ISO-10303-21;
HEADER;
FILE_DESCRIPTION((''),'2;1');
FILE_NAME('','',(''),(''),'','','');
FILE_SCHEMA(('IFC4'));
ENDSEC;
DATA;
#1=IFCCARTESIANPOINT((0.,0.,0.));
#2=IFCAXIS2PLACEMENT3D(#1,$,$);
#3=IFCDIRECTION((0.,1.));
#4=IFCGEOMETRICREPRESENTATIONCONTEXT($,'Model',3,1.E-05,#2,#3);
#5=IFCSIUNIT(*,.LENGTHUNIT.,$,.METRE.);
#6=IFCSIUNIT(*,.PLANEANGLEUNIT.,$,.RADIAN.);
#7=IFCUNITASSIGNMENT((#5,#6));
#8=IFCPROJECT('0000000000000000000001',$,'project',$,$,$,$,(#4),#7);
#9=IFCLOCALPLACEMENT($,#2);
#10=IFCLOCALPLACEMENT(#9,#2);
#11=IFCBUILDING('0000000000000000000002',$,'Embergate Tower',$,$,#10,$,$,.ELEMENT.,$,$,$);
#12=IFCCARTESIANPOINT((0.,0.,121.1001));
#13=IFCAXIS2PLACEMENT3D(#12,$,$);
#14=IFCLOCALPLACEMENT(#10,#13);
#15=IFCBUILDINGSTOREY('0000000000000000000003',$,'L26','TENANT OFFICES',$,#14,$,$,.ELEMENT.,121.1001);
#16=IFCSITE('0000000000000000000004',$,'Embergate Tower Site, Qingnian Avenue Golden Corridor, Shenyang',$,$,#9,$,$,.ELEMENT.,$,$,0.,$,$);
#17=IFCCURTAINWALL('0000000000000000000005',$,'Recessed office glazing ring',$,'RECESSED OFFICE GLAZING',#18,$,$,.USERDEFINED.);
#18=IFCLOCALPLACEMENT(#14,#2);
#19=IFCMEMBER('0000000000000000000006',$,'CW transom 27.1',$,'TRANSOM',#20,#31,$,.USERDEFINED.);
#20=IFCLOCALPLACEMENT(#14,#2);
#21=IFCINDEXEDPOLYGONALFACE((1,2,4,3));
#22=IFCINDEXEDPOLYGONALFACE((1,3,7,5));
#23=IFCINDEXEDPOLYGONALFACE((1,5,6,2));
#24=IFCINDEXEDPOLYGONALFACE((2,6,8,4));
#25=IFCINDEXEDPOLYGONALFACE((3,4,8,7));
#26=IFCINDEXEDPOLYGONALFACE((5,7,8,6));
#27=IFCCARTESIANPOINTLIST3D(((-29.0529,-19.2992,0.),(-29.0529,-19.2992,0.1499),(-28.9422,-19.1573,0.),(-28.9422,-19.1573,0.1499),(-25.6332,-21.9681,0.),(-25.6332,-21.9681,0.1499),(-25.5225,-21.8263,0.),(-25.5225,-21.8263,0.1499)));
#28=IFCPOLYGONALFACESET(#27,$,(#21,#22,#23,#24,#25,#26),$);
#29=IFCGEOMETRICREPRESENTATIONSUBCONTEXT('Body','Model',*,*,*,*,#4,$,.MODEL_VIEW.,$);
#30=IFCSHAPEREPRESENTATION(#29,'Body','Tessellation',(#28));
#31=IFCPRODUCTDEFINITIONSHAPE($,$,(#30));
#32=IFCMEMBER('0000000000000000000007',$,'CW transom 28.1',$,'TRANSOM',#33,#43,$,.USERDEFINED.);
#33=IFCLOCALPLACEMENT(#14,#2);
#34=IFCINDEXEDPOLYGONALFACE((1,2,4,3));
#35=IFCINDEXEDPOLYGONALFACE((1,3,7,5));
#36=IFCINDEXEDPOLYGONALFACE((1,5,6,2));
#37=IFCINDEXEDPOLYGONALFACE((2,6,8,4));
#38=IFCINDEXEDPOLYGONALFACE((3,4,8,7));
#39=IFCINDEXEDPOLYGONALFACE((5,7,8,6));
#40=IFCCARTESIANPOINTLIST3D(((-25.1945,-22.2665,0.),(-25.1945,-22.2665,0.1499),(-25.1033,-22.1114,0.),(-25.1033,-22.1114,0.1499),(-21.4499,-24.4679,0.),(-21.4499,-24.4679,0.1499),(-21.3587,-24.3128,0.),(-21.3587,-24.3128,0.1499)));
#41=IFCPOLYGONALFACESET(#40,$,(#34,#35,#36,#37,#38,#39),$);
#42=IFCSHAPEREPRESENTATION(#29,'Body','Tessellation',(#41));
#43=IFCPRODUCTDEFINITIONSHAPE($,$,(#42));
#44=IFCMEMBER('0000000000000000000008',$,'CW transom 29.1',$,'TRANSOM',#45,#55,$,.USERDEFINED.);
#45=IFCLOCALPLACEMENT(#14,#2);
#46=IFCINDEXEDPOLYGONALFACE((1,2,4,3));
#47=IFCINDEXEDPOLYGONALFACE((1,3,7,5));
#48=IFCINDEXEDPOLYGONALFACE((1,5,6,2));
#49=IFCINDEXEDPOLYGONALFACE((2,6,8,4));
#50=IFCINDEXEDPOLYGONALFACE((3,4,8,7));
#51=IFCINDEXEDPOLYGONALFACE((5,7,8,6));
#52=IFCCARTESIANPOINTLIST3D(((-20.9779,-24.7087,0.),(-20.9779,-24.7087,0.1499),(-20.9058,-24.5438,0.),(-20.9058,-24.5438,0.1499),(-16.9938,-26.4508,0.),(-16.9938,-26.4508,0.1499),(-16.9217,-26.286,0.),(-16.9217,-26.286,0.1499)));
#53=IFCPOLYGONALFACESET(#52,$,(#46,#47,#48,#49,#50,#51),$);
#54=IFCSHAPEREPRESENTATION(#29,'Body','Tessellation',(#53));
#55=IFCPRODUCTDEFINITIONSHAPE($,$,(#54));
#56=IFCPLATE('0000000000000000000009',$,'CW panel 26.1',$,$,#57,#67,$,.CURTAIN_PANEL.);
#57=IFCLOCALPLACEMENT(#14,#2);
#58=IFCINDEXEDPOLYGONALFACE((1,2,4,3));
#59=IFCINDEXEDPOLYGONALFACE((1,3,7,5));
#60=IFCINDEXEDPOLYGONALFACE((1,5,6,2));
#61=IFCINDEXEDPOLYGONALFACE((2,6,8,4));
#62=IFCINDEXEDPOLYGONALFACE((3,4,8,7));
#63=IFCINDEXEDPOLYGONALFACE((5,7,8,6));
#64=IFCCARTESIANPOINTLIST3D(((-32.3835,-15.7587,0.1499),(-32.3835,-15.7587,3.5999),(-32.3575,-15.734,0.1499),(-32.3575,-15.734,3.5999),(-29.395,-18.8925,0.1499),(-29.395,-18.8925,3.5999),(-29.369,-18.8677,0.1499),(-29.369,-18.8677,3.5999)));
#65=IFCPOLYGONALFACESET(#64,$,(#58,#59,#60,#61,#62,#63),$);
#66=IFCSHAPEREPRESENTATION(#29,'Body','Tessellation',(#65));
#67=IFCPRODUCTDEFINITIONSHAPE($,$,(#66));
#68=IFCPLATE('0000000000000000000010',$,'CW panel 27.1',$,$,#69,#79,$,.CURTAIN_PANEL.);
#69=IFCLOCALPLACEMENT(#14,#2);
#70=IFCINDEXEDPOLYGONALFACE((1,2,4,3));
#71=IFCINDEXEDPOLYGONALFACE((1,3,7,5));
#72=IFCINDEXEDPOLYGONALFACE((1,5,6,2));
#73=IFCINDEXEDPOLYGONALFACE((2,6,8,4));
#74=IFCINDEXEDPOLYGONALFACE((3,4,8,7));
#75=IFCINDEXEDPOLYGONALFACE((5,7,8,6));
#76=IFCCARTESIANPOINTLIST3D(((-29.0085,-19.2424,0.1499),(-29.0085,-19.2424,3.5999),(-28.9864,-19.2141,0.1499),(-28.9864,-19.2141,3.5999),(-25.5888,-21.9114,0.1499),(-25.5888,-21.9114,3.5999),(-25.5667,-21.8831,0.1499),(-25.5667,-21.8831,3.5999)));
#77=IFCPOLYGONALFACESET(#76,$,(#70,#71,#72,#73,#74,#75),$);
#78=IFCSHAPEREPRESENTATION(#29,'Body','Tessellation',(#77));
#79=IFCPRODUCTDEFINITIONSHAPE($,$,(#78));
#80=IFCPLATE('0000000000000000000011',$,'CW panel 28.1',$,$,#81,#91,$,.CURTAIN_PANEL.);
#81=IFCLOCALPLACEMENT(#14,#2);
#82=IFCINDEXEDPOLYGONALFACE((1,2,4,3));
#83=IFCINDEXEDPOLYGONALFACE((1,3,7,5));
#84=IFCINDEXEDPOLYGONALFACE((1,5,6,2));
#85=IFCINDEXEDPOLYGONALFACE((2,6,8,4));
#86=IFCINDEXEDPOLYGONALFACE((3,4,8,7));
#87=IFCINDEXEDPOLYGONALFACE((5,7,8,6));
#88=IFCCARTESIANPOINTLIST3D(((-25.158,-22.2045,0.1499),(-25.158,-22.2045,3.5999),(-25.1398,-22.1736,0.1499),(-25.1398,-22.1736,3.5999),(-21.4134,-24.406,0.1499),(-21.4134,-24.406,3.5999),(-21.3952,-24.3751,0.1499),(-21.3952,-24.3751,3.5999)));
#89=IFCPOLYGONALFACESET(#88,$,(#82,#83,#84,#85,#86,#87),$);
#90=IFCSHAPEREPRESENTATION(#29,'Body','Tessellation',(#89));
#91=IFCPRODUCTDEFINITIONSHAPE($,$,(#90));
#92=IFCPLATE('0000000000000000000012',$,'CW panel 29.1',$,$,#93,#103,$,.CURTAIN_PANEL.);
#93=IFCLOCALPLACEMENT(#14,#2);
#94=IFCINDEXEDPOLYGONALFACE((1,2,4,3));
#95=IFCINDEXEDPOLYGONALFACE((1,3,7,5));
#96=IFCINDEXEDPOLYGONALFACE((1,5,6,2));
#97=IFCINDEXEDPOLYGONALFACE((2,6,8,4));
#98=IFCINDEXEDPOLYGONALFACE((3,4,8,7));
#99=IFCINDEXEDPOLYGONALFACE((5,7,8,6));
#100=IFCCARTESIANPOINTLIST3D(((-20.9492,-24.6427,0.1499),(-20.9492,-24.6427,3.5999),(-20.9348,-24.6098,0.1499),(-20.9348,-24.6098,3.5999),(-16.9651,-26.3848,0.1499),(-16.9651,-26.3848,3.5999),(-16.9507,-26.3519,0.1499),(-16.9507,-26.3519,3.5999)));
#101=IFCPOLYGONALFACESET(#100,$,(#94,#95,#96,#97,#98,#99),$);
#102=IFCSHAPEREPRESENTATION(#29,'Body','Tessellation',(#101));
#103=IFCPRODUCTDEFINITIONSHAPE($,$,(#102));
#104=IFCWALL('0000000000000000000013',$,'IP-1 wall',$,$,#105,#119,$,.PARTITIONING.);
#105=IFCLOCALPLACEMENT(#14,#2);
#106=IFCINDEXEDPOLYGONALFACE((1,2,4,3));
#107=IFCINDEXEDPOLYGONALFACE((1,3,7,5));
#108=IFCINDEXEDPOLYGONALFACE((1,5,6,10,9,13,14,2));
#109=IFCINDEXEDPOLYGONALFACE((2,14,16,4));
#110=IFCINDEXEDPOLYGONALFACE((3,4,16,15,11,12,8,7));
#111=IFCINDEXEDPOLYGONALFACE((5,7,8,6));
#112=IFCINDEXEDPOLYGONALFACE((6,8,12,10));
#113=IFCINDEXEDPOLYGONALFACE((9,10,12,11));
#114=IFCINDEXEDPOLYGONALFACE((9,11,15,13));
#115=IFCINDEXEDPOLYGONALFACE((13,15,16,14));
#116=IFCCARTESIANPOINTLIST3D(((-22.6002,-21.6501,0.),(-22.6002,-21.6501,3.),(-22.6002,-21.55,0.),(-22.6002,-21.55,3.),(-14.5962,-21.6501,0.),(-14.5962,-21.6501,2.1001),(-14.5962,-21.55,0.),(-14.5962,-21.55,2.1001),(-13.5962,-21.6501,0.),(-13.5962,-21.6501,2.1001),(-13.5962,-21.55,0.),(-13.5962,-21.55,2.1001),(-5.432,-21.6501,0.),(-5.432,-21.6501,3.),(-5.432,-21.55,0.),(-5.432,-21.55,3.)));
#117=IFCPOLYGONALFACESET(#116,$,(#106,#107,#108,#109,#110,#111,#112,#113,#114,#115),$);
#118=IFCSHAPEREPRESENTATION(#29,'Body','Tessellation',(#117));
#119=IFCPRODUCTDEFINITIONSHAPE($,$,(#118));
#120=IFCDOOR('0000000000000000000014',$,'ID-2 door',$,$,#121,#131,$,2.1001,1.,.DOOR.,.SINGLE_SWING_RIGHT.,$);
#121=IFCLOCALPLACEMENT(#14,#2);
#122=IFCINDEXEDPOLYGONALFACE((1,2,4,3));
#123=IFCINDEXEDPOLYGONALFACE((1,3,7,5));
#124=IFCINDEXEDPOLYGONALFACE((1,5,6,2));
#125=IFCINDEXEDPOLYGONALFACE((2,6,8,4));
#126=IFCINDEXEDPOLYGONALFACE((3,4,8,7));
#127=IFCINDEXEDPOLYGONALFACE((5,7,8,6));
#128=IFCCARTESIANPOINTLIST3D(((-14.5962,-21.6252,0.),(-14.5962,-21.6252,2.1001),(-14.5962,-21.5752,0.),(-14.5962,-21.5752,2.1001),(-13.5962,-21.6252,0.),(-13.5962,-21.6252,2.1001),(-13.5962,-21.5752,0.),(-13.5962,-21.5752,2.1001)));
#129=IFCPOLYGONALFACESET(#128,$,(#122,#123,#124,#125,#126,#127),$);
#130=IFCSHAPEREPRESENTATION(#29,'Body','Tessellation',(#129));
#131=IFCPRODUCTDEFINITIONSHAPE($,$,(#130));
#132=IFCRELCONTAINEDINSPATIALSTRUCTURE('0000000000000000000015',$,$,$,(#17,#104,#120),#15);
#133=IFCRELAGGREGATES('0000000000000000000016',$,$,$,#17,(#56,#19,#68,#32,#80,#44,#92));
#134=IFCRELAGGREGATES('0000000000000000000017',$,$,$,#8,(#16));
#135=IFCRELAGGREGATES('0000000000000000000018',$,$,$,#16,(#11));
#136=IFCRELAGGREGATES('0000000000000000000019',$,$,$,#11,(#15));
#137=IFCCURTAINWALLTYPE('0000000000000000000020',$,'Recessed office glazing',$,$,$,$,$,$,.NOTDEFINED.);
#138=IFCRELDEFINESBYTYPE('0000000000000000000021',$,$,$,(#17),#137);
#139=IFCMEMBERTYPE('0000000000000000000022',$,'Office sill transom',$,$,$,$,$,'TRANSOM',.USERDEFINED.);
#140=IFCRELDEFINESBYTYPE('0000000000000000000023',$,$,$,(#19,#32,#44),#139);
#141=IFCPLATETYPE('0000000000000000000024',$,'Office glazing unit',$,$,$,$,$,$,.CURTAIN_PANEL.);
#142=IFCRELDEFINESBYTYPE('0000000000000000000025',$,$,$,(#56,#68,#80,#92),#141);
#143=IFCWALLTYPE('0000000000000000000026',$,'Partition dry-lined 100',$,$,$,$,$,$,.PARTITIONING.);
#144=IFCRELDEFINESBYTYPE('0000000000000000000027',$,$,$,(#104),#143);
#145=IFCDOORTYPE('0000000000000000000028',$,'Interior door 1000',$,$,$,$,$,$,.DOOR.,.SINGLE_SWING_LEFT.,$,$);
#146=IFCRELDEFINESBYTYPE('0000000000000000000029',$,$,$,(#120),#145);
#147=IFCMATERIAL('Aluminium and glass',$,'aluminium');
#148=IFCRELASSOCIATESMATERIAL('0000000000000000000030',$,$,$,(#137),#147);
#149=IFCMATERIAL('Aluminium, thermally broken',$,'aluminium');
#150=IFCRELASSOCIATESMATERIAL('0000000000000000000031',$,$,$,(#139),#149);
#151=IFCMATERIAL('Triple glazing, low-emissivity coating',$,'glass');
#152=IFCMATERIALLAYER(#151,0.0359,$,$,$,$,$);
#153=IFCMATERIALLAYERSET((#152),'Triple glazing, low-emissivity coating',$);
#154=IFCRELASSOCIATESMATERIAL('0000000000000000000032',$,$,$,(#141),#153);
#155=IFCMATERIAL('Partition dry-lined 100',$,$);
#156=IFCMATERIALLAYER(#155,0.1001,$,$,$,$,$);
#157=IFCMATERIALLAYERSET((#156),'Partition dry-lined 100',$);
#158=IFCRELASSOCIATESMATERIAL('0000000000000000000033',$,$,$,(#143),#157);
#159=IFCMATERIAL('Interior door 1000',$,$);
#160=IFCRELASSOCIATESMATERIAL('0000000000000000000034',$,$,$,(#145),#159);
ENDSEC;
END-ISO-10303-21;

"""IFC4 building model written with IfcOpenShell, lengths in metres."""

from ifc_helpers import new_model, si_unit, direction, frame, frame_2d, origin, origin_2d, place, context, subcontext, project, spatial, rectangle, extrude, source, transform, mapped, material, layer, layer_set, material_profile, profile_set, type_object, element, fill, aggregate, save


model = new_model("IFC4")

# Units and contexts
model_context = context("Model", 3, precision=1e-05, world=origin(), true_north=direction((0.0, 1.0)))
body_context = subcontext(model_context, "Body", "Model", "MODEL_VIEW")
ifc_project = project(units=[si_unit("LENGTHUNIT", "METRE"), si_unit("PLANEANGLEUNIT", "RADIAN")], contexts=[model_context])

# Site, building, storey
site_placement = place(None, origin())
site = spatial("IfcSite", under=ifc_project, at=site_placement, Name="Embergate Tower Site, Qingnian Avenue Golden Corridor, Shenyang", CompositionType="ELEMENT", RefElevation=0.0)
building_placement = place(site_placement, origin())
building = spatial("IfcBuilding", under=site, at=building_placement, Name="Embergate Tower", CompositionType="ELEMENT")
storey_placement = place(building_placement, frame((0.0, 0.0, 121.1001)))
storey = spatial("IfcBuildingStorey", under=building, at=storey_placement, Name="L26", Description="TENANT OFFICES", CompositionType="ELEMENT", Elevation=121.1001)

# Curtain wall, members, plates
ifc_material_1 = material(Name="Aluminium and glass", Category="aluminium")
curtain_wall_type = type_object("IfcCurtainWallType", Name="Recessed office glazing", PredefinedType="NOTDEFINED", material=ifc_material_1)
curtain_wall_placement = place(storey_placement, origin())
curtain_wall = element("IfcCurtainWall", 1, at=curtain_wall_placement, inside=storey, type_object=curtain_wall_type, Name="Recessed office glazing ring", ObjectType="RECESSED OFFICE GLAZING", PredefinedType="USERDEFINED")
ifc_material_2 = material(Name="Aluminium, thermally broken", Category="aluminium")
ifc_material_profile_1 = material_profile(ifc_material_2, rectangle(XDim=0.1799, YDim=0.1499, at=origin_2d()), Name="AL 150x180")
ifc_profile_set_1 = profile_set([ifc_material_profile_1], Name="Aluminium, thermally broken")
member_type_1 = type_object("IfcMemberType", Name="Office sill transom", ElementType="TRANSOM", PredefinedType="USERDEFINED", material=ifc_profile_set_1)
shared_shape_1 = source(origin(), body_context, "Body", "SweptSolid", [
    extrude(rectangle(XDim=0.1799, YDim=0.1499, at=origin_2d()), origin(), (0.0, 0.0, 1.0), 4.3379),
])
member_1_placement = place(storey_placement, frame((-28.9976, -19.2283, 0.075), z_axis=(0.788324, -0.615261, 0.0), x_axis=(0.615261, 0.788324, 0.0)))
member_1 = element("IfcMember", 2, at=member_1_placement, type_object=member_type_1, Name="CW transom 27.1", ObjectType="TRANSOM", PredefinedType="USERDEFINED", context=body_context, shape_type="MappedRepresentation", body=[
    mapped(shared_shape_1, transform((0.0, 0.0, 0.0))),
])
shared_shape_2 = source(origin(), body_context, "Body", "SweptSolid", [
    extrude(rectangle(XDim=0.1799, YDim=0.1499, at=origin_2d()), origin(), (0.0, 0.0, 1.0), 4.3438),
])
member_2_placement = place(storey_placement, frame((-25.1489, -22.189, 0.075), z_axis=(0.862066, -0.506797, 0.0), x_axis=(0.506797, 0.862066, 0.0)))
member_2 = element("IfcMember", 3, at=member_2_placement, type_object=member_type_1, Name="CW transom 28.1", ObjectType="TRANSOM", PredefinedType="USERDEFINED", context=body_context, shape_type="MappedRepresentation", body=[
    mapped(shared_shape_2, transform((0.0, 0.0, 0.0))),
])
shared_shape_3 = source(origin(), body_context, "Body", "SweptSolid", [
    extrude(rectangle(XDim=0.1799, YDim=0.1499, at=origin_2d()), origin(), (0.0, 0.0, 1.0), 4.3484),
])
member_3_placement = place(storey_placement, frame((-20.9419, -24.6262, 0.075), z_axis=(0.916231, -0.400651, 0.0), x_axis=(0.400651, 0.916231, 0.0)))
member_3 = element("IfcMember", 4, at=member_3_placement, type_object=member_type_1, Name="CW transom 29.1", ObjectType="TRANSOM", PredefinedType="USERDEFINED", context=body_context, shape_type="MappedRepresentation", body=[
    mapped(shared_shape_3, transform((0.0, 0.0, 0.0))),
])
ifc_material_3 = material(Name="Triple glazing, low-emissivity coating", Category="glass")
ifc_layer_1 = layer(ifc_material_3, 0.0359)
ifc_layer_set_1 = layer_set([ifc_layer_1], Name="Triple glazing, low-emissivity coating")
plate_type = type_object("IfcPlateType", Name="Office glazing unit", PredefinedType="CURTAIN_PANEL", material=ifc_layer_set_1)
shared_shape_4 = source(origin(), body_context, "Body", "SweptSolid", [
    extrude(rectangle(XDim=4.3303, YDim=0.0359, at=origin_2d()), origin(), (0.0, 0.0, 1.0), 3.45),
])
plate_1_placement = place(storey_placement, frame((-30.8762, -17.3132, 0.1499), z_axis=(0.0, 0.0, 1.0), x_axis=(0.690135, -0.723681, 0.0)))
plate_1 = element("IfcPlate", 5, at=plate_1_placement, type_object=plate_type, Name="CW panel 26.1", PredefinedType="CURTAIN_PANEL", context=body_context, shape_type="MappedRepresentation", body=[
    mapped(shared_shape_4, transform((0.0, 0.0, 0.0))),
])
shared_shape_5 = source(origin(), body_context, "Body", "SweptSolid", [
    extrude(rectangle(XDim=4.3379, YDim=0.0359, at=origin_2d()), origin(), (0.0, 0.0, 1.0), 3.45),
])
plate_2_placement = place(storey_placement, frame((-27.2876, -20.5627, 0.1499), z_axis=(0.0, 0.0, 1.0), x_axis=(0.78832, -0.615265, 0.0)))
plate_2 = element("IfcPlate", 6, at=plate_2_placement, type_object=plate_type, Name="CW panel 27.1", PredefinedType="CURTAIN_PANEL", context=body_context, shape_type="MappedRepresentation", body=[
    mapped(shared_shape_5, transform((0.0, 0.0, 0.0))),
])
shared_shape_6 = source(origin(), body_context, "Body", "SweptSolid", [
    extrude(rectangle(XDim=4.3438, YDim=0.0359, at=origin_2d()), origin(), (0.0, 0.0, 1.0), 3.45),
])
plate_3_placement = place(storey_placement, frame((-23.2766, -23.2898, 0.1499), z_axis=(0.0, 0.0, 1.0), x_axis=(0.862053, -0.506818, 0.0)))
plate_3 = element("IfcPlate", 7, at=plate_3_placement, type_object=plate_type, Name="CW panel 28.1", PredefinedType="CURTAIN_PANEL", context=body_context, shape_type="MappedRepresentation", body=[
    mapped(shared_shape_6, transform((0.0, 0.0, 0.0))),
])
shared_shape_7 = source(origin(), body_context, "Body", "SweptSolid", [
    extrude(rectangle(XDim=4.3484, YDim=0.0359, at=origin_2d()), origin(), (0.0, 0.0, 1.0), 3.45),
])
plate_4_placement = place(storey_placement, frame((-18.95, -25.4973, 0.1499), z_axis=(0.0, 0.0, 1.0), x_axis=(0.916236, -0.400638, 0.0)))
plate_4 = element("IfcPlate", 8, at=plate_4_placement, type_object=plate_type, Name="CW panel 29.1", PredefinedType="CURTAIN_PANEL", context=body_context, shape_type="MappedRepresentation", body=[
    mapped(shared_shape_7, transform((0.0, 0.0, 0.0))),
])
aggregate(curtain_wall, [plate_1, member_1, plate_2, member_2, plate_3, member_3, plate_4])

# Wall, opening, door
ifc_material_4 = material(Name="Partition dry-lined 100")
ifc_layer_2 = layer(ifc_material_4, 0.1001)
ifc_layer_set_2 = layer_set([ifc_layer_2], Name="Partition dry-lined 100")
wall_type = type_object("IfcWallType", Name="Partition dry-lined 100", PredefinedType="PARTITIONING", material=ifc_layer_set_2)
shared_shape_8 = source(origin(), body_context, "Body", "SweptSolid", [
    extrude(rectangle(XDim=17.1682, YDim=0.1001, at=frame_2d((8.584, 0.0))), origin(), (0.0, 0.0, 1.0), 3.0),
])
wall_placement = place(storey_placement, frame((-22.6001, -21.6001, 0.0), z_axis=(0.0, 0.0, 1.0), x_axis=(1.0, 0.0, 0.0)))
wall = element("IfcWall", 9, at=wall_placement, inside=storey, type_object=wall_type, Name="IP-1 wall", PredefinedType="PARTITIONING", context=body_context, shape_type="MappedRepresentation", body=[
    mapped(shared_shape_8, transform((0.0, 0.0, 0.0))),
])
shared_shape_9 = source(origin(), body_context, "Body", "SweptSolid", [
    extrude(rectangle(XDim=1.0, YDim=2.1001, at=frame_2d((0.5, 1.05))), frame((0.0, 0.0601, 0.0), z_axis=(0.0, -1.0, 0.0), x_axis=(1.0, 0.0, 0.0)), (0.0, 0.0, 1.0), 0.1201),
])
opening_placement = place(wall_placement, frame((8.0039, 0.0, 0.0)))
opening = element("IfcOpeningElement", 10, at=opening_placement, cuts=wall, PredefinedType="OPENING", context=body_context, shape_type="MappedRepresentation", body=[
    mapped(shared_shape_9, transform((0.0, 0.0, 0.0))),
])
ifc_material_5 = material(Name="Interior door 1000")
door_type = type_object("IfcDoorType", Name="Interior door 1000", OperationType="SINGLE_SWING_LEFT", PredefinedType="DOOR", material=ifc_material_5)
shared_shape_10 = source(origin(), body_context, "Body", "SweptSolid", [
    extrude(rectangle(XDim=1.0, YDim=2.1001, at=frame_2d((0.5, 1.05))), frame((0.0, 0.0249, 0.0), z_axis=(0.0, -1.0, 0.0), x_axis=(1.0, 0.0, 0.0)), (0.0, 0.0, 1.0), 0.05),
])
door_placement = place(opening_placement, origin())
door = element("IfcDoor", 11, at=door_placement, inside=storey, type_object=door_type, Name="ID-2 door", OperationType="SINGLE_SWING_RIGHT", OverallHeight=2.1001, OverallWidth=1.0, PredefinedType="DOOR", context=body_context, shape_type="MappedRepresentation", body=[
    mapped(shared_shape_10, transform((0.0, 0.0, 0.0))),
])
fill(opening, door)

save(model, "model.ifc")
